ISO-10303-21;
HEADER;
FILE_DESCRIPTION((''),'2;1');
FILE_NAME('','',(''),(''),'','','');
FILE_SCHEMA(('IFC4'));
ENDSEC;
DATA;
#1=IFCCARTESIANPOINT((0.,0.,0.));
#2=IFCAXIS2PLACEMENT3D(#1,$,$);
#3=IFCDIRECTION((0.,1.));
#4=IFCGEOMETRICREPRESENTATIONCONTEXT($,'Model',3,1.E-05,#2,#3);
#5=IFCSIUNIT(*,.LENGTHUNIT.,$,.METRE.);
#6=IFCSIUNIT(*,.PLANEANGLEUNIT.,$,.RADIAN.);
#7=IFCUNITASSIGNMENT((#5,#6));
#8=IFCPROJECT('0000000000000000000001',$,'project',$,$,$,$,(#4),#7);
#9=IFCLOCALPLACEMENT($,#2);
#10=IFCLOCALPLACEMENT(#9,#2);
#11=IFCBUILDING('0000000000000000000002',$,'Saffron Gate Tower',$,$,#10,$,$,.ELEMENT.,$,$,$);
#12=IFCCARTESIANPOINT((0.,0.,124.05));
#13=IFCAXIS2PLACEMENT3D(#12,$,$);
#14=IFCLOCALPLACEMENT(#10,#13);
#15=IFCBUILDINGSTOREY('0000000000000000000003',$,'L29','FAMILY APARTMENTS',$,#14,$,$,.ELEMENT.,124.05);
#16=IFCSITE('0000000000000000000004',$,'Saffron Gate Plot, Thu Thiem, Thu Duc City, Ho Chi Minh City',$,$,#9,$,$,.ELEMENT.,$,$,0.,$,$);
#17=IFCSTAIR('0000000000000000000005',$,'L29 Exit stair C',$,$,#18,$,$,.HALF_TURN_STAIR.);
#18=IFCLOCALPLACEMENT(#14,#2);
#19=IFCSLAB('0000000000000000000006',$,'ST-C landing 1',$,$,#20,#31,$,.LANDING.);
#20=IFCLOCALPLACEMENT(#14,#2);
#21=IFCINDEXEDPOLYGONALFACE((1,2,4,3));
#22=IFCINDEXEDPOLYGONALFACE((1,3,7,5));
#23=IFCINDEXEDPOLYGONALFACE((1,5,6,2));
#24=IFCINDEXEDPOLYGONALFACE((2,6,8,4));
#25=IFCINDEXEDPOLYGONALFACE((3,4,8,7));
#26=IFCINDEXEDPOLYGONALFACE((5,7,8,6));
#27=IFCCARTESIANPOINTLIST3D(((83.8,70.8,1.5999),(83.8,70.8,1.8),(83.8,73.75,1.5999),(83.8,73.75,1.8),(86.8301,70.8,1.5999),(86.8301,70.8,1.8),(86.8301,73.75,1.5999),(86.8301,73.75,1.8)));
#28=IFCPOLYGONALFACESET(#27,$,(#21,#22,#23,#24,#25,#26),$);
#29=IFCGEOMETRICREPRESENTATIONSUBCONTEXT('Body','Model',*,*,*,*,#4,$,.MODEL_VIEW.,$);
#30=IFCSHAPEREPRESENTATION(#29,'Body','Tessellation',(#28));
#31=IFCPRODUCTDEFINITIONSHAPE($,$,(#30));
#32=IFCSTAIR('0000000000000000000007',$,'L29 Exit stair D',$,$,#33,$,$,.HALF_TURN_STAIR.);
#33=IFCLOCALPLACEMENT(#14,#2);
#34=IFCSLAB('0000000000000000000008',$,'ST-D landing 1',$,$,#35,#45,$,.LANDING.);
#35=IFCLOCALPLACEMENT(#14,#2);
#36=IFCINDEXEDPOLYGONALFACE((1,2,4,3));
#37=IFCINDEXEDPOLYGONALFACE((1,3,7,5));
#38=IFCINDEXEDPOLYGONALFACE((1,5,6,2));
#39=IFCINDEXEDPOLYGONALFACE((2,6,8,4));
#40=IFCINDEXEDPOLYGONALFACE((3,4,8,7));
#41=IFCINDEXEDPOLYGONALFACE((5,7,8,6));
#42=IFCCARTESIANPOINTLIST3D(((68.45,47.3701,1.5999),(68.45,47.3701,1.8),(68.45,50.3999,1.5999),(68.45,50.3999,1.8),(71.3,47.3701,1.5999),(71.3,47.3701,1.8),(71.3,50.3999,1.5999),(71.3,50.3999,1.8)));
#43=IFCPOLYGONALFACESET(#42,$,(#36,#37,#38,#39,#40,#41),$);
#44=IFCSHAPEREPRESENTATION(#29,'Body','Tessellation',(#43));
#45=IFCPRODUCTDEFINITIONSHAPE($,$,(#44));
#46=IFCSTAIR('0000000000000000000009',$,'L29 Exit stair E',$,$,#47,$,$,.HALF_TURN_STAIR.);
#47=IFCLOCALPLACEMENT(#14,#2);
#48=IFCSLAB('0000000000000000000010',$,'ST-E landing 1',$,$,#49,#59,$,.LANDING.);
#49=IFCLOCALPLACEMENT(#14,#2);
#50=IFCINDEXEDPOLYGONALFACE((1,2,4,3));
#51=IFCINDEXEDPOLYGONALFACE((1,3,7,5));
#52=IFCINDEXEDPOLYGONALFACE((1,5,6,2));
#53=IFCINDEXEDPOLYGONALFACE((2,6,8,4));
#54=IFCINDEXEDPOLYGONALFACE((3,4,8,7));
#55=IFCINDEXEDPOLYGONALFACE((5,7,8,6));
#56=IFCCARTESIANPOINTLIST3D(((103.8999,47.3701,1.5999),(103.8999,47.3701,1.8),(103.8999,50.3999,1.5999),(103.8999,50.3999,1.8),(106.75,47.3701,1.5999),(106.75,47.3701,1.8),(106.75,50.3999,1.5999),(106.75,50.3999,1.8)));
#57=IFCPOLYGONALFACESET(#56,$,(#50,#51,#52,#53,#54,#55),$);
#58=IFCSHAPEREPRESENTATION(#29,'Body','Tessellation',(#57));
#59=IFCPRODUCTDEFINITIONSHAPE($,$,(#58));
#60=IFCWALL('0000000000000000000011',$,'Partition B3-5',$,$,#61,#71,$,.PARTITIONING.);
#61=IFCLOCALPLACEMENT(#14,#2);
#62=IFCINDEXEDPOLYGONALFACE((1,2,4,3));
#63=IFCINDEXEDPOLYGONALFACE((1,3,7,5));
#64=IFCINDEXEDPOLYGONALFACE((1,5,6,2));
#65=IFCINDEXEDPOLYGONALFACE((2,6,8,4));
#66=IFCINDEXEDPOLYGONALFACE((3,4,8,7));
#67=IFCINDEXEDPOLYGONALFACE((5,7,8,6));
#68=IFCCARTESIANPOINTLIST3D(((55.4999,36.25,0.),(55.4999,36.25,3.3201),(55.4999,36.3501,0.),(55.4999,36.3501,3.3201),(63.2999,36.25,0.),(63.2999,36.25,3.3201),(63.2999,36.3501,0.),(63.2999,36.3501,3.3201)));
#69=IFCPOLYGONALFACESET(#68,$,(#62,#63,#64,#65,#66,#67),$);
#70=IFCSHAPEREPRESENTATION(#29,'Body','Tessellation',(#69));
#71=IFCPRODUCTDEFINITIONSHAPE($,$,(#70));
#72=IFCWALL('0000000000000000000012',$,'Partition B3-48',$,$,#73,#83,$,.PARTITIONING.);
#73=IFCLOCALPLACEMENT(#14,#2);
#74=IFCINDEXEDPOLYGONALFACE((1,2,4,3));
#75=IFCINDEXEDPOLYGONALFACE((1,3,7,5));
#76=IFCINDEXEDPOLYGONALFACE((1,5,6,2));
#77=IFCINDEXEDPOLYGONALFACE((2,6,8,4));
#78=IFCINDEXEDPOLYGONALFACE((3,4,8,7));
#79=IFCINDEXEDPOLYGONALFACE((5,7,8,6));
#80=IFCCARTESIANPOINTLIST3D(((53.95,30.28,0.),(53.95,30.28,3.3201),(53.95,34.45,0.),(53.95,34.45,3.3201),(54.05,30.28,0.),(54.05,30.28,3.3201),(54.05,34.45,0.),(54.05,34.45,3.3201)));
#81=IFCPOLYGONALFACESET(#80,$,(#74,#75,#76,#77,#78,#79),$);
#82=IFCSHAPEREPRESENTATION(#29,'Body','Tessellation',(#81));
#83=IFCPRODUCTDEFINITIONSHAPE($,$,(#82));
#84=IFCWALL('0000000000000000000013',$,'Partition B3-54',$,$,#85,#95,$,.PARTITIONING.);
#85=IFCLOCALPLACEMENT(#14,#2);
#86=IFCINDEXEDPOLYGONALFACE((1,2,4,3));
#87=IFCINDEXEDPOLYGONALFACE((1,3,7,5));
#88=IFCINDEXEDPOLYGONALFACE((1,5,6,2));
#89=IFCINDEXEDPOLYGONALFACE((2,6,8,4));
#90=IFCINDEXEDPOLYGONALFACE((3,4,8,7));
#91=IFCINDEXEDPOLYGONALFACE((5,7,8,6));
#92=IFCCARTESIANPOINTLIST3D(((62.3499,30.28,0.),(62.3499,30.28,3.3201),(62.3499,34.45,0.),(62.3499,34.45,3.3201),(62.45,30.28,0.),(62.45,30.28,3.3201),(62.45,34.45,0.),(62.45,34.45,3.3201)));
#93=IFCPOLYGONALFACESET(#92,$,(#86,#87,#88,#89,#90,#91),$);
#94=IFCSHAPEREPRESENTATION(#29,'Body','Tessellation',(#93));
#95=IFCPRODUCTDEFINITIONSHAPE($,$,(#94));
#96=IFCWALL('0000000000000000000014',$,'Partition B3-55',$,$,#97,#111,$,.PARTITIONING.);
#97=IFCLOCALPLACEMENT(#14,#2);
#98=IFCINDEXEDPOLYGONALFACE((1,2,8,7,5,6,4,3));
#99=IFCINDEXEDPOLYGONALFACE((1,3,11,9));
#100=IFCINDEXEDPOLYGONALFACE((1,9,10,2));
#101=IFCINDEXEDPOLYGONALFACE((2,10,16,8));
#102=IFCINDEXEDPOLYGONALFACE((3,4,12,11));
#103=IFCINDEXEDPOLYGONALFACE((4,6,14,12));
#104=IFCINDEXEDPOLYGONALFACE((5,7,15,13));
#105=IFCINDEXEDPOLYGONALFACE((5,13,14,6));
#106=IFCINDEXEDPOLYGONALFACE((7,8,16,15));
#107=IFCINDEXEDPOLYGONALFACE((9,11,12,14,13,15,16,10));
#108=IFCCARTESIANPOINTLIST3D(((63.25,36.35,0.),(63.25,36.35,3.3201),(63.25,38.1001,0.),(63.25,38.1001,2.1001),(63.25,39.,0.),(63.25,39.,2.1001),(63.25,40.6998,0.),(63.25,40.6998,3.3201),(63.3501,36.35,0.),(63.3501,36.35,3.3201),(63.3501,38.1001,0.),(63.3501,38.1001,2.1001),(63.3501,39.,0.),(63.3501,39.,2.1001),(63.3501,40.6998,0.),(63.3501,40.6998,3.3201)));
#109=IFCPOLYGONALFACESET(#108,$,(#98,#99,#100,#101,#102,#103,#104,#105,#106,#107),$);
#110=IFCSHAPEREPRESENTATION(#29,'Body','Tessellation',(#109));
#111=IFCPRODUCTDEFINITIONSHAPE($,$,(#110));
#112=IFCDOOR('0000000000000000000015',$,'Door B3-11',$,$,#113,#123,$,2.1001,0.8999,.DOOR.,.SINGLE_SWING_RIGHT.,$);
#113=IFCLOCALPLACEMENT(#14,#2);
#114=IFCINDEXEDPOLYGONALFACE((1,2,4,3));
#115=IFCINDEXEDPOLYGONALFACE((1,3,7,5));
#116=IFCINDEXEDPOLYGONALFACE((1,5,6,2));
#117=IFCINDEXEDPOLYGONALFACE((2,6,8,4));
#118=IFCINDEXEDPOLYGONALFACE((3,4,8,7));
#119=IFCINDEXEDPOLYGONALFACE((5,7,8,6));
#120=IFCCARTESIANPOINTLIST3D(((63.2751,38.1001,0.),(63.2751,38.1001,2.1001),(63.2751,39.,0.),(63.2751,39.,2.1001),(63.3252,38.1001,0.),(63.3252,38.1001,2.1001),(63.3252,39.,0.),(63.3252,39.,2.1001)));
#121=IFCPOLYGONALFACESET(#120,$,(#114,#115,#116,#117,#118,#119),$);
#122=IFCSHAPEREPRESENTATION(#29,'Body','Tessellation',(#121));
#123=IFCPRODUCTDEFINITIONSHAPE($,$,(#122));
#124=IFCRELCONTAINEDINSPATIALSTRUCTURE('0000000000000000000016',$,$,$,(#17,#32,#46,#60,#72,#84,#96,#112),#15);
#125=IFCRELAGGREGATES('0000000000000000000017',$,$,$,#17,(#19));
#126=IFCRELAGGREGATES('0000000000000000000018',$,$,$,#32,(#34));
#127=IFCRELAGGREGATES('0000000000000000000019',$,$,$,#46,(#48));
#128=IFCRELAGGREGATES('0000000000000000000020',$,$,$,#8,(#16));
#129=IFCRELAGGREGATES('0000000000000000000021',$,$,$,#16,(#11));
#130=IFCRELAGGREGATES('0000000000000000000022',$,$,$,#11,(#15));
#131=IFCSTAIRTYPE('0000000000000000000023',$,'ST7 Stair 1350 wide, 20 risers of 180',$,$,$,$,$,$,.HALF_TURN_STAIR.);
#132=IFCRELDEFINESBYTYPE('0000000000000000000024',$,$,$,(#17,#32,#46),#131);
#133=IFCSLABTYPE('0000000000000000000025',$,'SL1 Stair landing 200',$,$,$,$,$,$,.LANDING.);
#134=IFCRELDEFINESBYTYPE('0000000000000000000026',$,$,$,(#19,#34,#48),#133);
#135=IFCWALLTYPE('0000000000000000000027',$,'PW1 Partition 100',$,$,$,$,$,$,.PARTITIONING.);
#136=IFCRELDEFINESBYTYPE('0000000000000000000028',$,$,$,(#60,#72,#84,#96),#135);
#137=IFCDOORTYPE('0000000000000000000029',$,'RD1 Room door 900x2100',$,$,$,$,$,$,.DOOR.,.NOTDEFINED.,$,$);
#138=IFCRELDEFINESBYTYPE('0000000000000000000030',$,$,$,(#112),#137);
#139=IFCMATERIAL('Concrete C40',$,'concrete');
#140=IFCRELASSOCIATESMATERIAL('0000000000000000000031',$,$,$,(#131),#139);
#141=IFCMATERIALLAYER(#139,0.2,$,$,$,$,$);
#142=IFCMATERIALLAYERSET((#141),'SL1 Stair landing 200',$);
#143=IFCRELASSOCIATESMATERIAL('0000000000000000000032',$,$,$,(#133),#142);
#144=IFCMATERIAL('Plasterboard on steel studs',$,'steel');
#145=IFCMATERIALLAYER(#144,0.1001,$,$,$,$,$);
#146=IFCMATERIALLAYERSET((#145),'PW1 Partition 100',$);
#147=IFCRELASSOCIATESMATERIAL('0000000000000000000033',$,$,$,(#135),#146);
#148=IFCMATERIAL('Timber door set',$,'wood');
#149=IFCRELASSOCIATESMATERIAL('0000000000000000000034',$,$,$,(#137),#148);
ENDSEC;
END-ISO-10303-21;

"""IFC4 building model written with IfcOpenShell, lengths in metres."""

from ifc_helpers import new_model, si_unit, direction, frame, frame_2d, origin, place, context, subcontext, project, spatial, polyline, rectangle, outline, extrude, material, layer, layer_set, type_object, element, fill, aggregate, save


model = new_model("IFC4")

# Units and contexts
model_context = context("Model", 3, precision=1e-05, world=origin(), true_north=direction((0.0, 1.0)))
body_context = subcontext(model_context, "Body", "Model", "MODEL_VIEW")
ifc_project = project(units=[si_unit("LENGTHUNIT", "METRE"), si_unit("PLANEANGLEUNIT", "RADIAN")], contexts=[model_context])

# Site, building, storey
site_placement = place(None, origin())
site = spatial("IfcSite", under=ifc_project, at=site_placement, Name="Saffron Gate Plot, Thu Thiem, Thu Duc City, Ho Chi Minh City", CompositionType="ELEMENT", RefElevation=0.0)
building_placement = place(site_placement, origin())
building = spatial("IfcBuilding", under=site, at=building_placement, Name="Saffron Gate Tower", CompositionType="ELEMENT")
storey_placement = place(building_placement, frame((0.0, 0.0, 124.05)))
storey = spatial("IfcBuildingStorey", under=building, at=storey_placement, Name="L29", Description="FAMILY APARTMENTS", CompositionType="ELEMENT", Elevation=124.05)

# Stairs, slabs
ifc_material_1 = material(Name="Concrete C40", Category="concrete")
stair_type = type_object("IfcStairType", Name="ST7 Stair 1350 wide, 20 risers of 180", PredefinedType="HALF_TURN_STAIR", material=ifc_material_1)
stair_1_placement = place(storey_placement, origin())
stair_1 = element("IfcStair", 1, at=stair_1_placement, inside=storey, type_object=stair_type, Name="L29 Exit stair C", PredefinedType="HALF_TURN_STAIR")
ifc_layer_1 = layer(ifc_material_1, 0.2)
ifc_layer_set_1 = layer_set([ifc_layer_1], Name="SL1 Stair landing 200")
slab_type = type_object("IfcSlabType", Name="SL1 Stair landing 200", PredefinedType="LANDING", material=ifc_layer_set_1)
slab_1_placement = place(storey_placement, frame((0.0, 0.0, 1.5999)))
slab_1 = element("IfcSlab", 2, at=slab_1_placement, type_object=slab_type, Name="ST-C landing 1", PredefinedType="LANDING", context=body_context, shape_type="SweptSolid", body=[
    extrude(outline(polyline([(86.8301, 73.75), (83.8, 73.75), (83.8, 70.8), (86.8301, 70.8), (86.8301, 73.75)])), origin(), (0.0, 0.0, 1.0), 0.2002),
])
aggregate(stair_1, [slab_1])
stair_2_placement = place(storey_placement, origin())
stair_2 = element("IfcStair", 3, at=stair_2_placement, inside=storey, type_object=stair_type, Name="L29 Exit stair D", PredefinedType="HALF_TURN_STAIR")
slab_2_placement = place(storey_placement, frame((0.0, 0.0, 1.5999)))
slab_2 = element("IfcSlab", 4, at=slab_2_placement, type_object=slab_type, Name="ST-D landing 1", PredefinedType="LANDING", context=body_context, shape_type="SweptSolid", body=[
    extrude(outline(polyline([(71.3, 47.3701), (71.3, 50.3999), (68.45, 50.3999), (68.45, 47.3701), (71.3, 47.3701)])), origin(), (0.0, 0.0, 1.0), 0.2002),
])
aggregate(stair_2, [slab_2])
stair_3_placement = place(storey_placement, origin())
stair_3 = element("IfcStair", 5, at=stair_3_placement, inside=storey, type_object=stair_type, Name="L29 Exit stair E", PredefinedType="HALF_TURN_STAIR")
slab_3_placement = place(storey_placement, frame((0.0, 0.0, 1.5999)))
slab_3 = element("IfcSlab", 6, at=slab_3_placement, type_object=slab_type, Name="ST-E landing 1", PredefinedType="LANDING", context=body_context, shape_type="SweptSolid", body=[
    extrude(outline(polyline([(106.75, 47.3701), (106.75, 50.3999), (103.8999, 50.3999), (103.8999, 47.3701), (106.75, 47.3701)])), origin(), (0.0, 0.0, 1.0), 0.2002),
])
aggregate(stair_3, [slab_3])

# Walls
ifc_material_2 = material(Name="Plasterboard on steel studs", Category="steel")
ifc_layer_2 = layer(ifc_material_2, 0.1001)
ifc_layer_set_2 = layer_set([ifc_layer_2], Name="PW1 Partition 100")
wall_type = type_object("IfcWallType", Name="PW1 Partition 100", PredefinedType="PARTITIONING", material=ifc_layer_set_2)
wall_1_placement = place(storey_placement, frame((55.5, 36.3, 0.0), z_axis=(0.0, 0.0, 1.0), x_axis=(1.0, 0.0, 0.0)))
element("IfcWall", 7, at=wall_1_placement, inside=storey, type_object=wall_type, Name="Partition B3-5", PredefinedType="PARTITIONING", context=body_context, shape_type="SweptSolid", body=[
    extrude(rectangle(XDim=7.8, YDim=0.1001, at=frame_2d((3.8999, 0.0))), origin(), (0.0, 0.0, 1.0), 3.3201),
])
for number, where, z_axis, x_axis, name in (
    (8, (54.0, 34.45, 0.0), (0.0, 0.0, 1.0), (0.0, -1.0, 0.0), "Partition B3-48"),
    (9, (62.3999, 34.45, 0.0), (0.0, 0.0, 1.0), (0.0, -1.0, 0.0), "Partition B3-54"),
):
    element("IfcWall", number, at=place(storey_placement, frame(where, z_axis=z_axis, x_axis=x_axis)), inside=storey, type_object=wall_type, Name=name, PredefinedType="PARTITIONING", context=body_context, shape_type="SweptSolid", body=[
        extrude(rectangle(XDim=4.1699, YDim=0.1001, at=frame_2d((2.085, 0.0))), origin(), (0.0, 0.0, 1.0), 3.3201),
    ])

# Wall, opening, door
wall_2_placement = place(storey_placement, frame((63.3, 36.3501, 0.0), z_axis=(0.0, 0.0, 1.0), x_axis=(0.0, 1.0, 0.0)))
wall_2 = element("IfcWall", 10, at=wall_2_placement, inside=storey, type_object=wall_type, Name="Partition B3-55", PredefinedType="PARTITIONING", context=body_context, shape_type="SweptSolid", body=[
    extrude(rectangle(XDim=4.3499, YDim=0.1001, at=frame_2d((2.1748, 0.0))), origin(), (0.0, 0.0, 1.0), 3.3201),
])
opening_1_placement = place(wall_2_placement, frame((1.75, 0.0, 0.0)))
opening_1 = element("IfcOpeningElement", 11, at=opening_1_placement, cuts=wall_2, PredefinedType="OPENING", context=body_context, shape_type="SweptSolid", body=[
    extrude(rectangle(XDim=0.8999, YDim=2.1001, at=frame_2d((0.45, 1.05))), frame((0.0, 0.0601, 0.0), z_axis=(0.0, -1.0, 0.0), x_axis=(1.0, 0.0, 0.0)), (0.0, 0.0, 1.0), 0.1201),
])
ifc_material_3 = material(Name="Timber door set", Category="wood")
door_type = type_object("IfcDoorType", Name="RD1 Room door 900x2100", OperationType="NOTDEFINED", PredefinedType="DOOR", material=ifc_material_3)
door_placement = place(opening_1_placement, origin())
door = element("IfcDoor", 12, at=door_placement, inside=storey, type_object=door_type, Name="Door B3-11", OperationType="SINGLE_SWING_RIGHT", OverallHeight=2.1001, OverallWidth=0.8999, PredefinedType="DOOR", context=body_context, shape_type="SweptSolid", body=[
    extrude(rectangle(XDim=0.8999, YDim=2.1001, at=frame_2d((0.45, 1.05))), frame((0.0, 0.0249, 0.0), z_axis=(0.0, -1.0, 0.0), x_axis=(1.0, 0.0, 0.0)), (0.0, 0.0, 1.0), 0.05),
])
fill(opening_1, door)

save(model, "model.ifc")
